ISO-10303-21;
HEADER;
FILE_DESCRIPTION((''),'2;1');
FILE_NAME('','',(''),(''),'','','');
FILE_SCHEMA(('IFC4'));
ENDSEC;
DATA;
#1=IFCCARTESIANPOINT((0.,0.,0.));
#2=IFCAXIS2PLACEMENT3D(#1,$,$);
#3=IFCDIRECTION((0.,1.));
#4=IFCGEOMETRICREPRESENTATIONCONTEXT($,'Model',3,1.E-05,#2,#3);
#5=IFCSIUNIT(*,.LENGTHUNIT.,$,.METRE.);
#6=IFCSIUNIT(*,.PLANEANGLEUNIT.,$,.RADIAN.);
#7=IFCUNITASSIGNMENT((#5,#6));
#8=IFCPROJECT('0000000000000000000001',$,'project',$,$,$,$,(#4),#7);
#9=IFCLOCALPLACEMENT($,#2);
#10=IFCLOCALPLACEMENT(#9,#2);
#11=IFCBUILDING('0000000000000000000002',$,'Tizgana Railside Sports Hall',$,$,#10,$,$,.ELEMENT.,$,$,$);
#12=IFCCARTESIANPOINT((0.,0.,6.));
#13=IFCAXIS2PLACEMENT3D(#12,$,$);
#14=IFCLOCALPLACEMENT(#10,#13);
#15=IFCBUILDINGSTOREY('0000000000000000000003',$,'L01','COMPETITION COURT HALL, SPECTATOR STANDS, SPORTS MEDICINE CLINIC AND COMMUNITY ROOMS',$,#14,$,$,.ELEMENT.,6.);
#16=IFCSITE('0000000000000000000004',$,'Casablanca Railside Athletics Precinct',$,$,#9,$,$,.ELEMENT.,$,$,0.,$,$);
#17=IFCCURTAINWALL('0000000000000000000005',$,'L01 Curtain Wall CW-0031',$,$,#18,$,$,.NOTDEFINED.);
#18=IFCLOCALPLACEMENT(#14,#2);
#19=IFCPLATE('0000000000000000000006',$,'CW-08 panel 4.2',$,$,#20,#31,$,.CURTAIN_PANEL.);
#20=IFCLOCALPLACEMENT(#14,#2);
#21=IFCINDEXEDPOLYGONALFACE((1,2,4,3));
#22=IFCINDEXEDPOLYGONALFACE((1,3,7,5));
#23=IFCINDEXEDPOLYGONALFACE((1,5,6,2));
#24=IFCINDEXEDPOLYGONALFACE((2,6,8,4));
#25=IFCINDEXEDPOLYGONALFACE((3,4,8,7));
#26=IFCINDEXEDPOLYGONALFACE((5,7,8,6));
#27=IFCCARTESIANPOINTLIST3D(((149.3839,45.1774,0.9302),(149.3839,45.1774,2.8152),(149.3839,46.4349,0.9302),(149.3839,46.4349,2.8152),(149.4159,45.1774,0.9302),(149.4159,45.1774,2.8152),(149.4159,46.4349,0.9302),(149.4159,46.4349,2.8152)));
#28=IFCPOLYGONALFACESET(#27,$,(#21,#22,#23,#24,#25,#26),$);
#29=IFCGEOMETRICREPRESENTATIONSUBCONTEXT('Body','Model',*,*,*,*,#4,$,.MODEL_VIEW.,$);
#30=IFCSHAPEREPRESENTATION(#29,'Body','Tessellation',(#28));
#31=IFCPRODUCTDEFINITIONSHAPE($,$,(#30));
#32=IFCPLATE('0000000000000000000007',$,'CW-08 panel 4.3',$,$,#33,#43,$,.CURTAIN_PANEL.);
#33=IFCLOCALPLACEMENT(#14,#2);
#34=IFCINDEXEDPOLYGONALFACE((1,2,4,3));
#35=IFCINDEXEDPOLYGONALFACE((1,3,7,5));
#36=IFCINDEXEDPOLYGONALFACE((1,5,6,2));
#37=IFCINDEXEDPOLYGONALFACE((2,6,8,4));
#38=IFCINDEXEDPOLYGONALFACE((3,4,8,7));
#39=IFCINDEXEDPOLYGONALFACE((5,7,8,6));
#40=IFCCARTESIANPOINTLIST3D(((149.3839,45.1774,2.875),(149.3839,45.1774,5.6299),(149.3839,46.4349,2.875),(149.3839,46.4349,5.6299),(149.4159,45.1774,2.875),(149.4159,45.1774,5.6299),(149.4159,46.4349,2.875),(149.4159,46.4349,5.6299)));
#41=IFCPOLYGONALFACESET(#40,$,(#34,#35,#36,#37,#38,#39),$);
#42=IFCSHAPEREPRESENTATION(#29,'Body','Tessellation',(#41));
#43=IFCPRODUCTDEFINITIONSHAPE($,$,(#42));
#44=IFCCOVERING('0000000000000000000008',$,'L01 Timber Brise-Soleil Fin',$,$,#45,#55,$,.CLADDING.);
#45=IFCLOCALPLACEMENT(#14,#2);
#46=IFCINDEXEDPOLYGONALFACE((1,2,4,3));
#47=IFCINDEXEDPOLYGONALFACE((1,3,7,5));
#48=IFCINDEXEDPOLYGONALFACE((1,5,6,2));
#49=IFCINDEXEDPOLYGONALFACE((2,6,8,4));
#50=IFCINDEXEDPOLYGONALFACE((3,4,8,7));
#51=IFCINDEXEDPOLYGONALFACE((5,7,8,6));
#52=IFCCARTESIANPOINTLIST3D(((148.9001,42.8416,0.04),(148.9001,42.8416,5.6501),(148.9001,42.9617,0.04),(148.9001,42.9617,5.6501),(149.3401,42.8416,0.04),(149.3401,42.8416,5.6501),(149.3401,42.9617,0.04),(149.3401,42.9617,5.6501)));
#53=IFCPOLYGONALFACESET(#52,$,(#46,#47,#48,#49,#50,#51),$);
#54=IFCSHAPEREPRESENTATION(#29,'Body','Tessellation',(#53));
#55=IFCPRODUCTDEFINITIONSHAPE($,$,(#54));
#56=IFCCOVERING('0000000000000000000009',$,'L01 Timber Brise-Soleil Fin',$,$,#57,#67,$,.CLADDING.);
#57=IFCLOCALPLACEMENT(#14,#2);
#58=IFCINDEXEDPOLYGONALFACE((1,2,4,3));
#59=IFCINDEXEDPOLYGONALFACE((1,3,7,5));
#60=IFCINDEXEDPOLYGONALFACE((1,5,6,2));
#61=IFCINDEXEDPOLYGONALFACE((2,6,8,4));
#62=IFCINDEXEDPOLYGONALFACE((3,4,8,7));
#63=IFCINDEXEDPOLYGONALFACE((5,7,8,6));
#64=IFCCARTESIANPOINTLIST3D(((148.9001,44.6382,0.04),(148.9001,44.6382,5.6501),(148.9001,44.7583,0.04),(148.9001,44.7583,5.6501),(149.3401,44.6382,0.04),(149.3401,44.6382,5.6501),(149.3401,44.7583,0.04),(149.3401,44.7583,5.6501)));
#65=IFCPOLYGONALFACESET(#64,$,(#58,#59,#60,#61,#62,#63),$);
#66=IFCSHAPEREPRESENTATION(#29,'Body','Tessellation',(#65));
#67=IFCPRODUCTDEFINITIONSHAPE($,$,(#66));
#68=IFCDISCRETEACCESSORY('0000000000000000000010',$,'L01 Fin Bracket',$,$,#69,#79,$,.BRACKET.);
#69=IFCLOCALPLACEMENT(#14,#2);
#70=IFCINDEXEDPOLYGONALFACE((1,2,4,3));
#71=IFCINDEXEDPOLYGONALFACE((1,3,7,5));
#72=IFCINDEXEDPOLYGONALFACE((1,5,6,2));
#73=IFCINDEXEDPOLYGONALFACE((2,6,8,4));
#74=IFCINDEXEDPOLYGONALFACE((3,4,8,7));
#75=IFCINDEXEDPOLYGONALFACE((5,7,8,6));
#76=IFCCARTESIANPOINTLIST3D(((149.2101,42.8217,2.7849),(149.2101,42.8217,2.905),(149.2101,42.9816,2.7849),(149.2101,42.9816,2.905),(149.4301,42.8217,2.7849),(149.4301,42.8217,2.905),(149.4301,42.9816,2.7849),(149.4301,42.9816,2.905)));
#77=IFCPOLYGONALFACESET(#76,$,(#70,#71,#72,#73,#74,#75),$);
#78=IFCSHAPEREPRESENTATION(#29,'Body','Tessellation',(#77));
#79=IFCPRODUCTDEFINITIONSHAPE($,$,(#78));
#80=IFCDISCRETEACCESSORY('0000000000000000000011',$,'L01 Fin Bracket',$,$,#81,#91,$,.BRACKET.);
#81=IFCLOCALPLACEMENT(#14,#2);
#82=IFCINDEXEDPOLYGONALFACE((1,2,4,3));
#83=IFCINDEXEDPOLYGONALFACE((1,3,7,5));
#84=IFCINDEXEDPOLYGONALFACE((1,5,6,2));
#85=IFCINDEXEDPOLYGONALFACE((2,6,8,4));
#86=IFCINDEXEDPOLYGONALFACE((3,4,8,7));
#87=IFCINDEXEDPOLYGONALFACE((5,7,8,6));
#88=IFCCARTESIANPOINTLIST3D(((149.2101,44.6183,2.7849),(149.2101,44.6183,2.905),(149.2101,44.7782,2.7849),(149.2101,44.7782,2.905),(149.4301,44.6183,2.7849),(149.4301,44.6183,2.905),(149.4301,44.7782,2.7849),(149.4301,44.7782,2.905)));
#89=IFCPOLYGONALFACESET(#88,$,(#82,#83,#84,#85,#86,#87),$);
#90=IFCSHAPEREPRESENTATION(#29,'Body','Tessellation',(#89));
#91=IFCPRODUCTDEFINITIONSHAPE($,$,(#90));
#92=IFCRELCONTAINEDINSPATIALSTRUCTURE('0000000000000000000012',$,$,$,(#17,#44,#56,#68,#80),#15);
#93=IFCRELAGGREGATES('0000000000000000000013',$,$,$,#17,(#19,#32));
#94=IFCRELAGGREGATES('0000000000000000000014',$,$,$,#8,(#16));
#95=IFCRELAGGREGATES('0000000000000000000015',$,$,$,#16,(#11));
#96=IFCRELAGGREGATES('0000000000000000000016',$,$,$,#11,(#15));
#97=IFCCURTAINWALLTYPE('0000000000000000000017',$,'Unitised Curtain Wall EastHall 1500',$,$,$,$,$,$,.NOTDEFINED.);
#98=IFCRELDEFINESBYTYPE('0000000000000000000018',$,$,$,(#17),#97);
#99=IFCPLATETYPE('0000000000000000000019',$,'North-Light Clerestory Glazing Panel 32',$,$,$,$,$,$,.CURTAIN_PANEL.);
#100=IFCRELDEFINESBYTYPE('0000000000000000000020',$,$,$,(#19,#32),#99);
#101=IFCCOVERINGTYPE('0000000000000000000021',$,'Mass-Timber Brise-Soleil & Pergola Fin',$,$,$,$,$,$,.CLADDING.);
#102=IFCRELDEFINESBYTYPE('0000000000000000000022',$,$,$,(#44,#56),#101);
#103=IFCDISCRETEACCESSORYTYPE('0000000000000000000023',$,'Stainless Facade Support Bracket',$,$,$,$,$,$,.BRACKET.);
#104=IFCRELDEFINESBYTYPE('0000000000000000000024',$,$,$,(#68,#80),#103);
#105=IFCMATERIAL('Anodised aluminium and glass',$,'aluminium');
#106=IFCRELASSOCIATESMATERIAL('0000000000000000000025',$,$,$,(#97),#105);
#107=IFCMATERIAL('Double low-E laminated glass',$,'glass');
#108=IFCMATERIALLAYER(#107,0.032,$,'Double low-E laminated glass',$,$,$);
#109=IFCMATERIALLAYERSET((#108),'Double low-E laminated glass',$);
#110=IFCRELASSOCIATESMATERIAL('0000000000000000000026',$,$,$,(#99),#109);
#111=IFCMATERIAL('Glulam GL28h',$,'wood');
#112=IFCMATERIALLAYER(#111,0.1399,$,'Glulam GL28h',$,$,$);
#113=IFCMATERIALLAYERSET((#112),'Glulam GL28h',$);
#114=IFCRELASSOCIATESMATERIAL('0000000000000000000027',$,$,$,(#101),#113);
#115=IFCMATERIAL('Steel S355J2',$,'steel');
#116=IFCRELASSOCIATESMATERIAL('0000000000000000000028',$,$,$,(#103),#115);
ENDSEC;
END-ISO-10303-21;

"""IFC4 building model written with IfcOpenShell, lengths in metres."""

from ifc_helpers import new_model, si_unit, direction, frame, origin, origin_2d, place, context, subcontext, project, spatial, rectangle, extrude, material, layer, layer_set, type_object, element, aggregate, save


model = new_model("IFC4")

# Units and contexts
model_context = context("Model", 3, precision=1e-05, world=origin(), true_north=direction((0.0, 1.0)))
body_context = subcontext(model_context, "Body", "Model", "MODEL_VIEW")
ifc_project = project(units=[si_unit("LENGTHUNIT", "METRE"), si_unit("PLANEANGLEUNIT", "RADIAN")], contexts=[model_context])

# Site, building, storey
site_placement = place(None, origin())
site = spatial("IfcSite", under=ifc_project, at=site_placement, Name="Casablanca Railside Athletics Precinct", CompositionType="ELEMENT", RefElevation=0.0)
building_placement = place(site_placement, origin())
building = spatial("IfcBuilding", under=site, at=building_placement, Name="Tizgana Railside Sports Hall", CompositionType="ELEMENT")
storey_placement = place(building_placement, frame((0.0, 0.0, 6.0)))
storey = spatial("IfcBuildingStorey", under=building, at=storey_placement, Name="L01", Description="COMPETITION COURT HALL, SPECTATOR STANDS, SPORTS MEDICINE CLINIC AND COMMUNITY ROOMS", CompositionType="ELEMENT", Elevation=6.0)

# Curtain wall
ifc_material_1 = material(Name="Anodised aluminium and glass", Category="aluminium")
curtain_wall_type_1 = type_object("IfcCurtainWallType", Name="Unitised Curtain Wall EastHall 1500", PredefinedType="NOTDEFINED", material=ifc_material_1)
curtain_wall_1_placement = place(storey_placement, origin())
curtain_wall_1 = element("IfcCurtainWall", 1, at=curtain_wall_1_placement, inside=storey, type_object=curtain_wall_type_1, Name="L01 Curtain Wall CW-0031", PredefinedType="NOTDEFINED")

# Plates
ifc_material_2 = material(Name="Double low-E laminated glass", Category="glass")
ifc_layer_1 = layer(ifc_material_2, 0.032, Name="Double low-E laminated glass")
ifc_layer_set_1 = layer_set([ifc_layer_1], Name="Double low-E laminated glass")
plate_type = type_object("IfcPlateType", Name="North-Light Clerestory Glazing Panel 32", PredefinedType="CURTAIN_PANEL", material=ifc_layer_set_1)
plate_1_placement = place(storey_placement, frame((149.3999, 45.8062, 0.9302), z_axis=(0.0, 0.0, 1.0), x_axis=(0.0, 1.0, 0.0)))
plate_1 = element("IfcPlate", 2, at=plate_1_placement, type_object=plate_type, Name="CW-08 panel 4.2", PredefinedType="CURTAIN_PANEL", context=body_context, shape_type="SweptSolid", body=[
    extrude(rectangle(XDim=1.2576, YDim=0.032, at=origin_2d()), origin(), (0.0, 0.0, 1.0), 1.885),
])
plate_2_placement = place(storey_placement, frame((149.3999, 45.8062, 2.875), z_axis=(0.0, 0.0, 1.0), x_axis=(0.0, 1.0, 0.0)))
plate_2 = element("IfcPlate", 3, at=plate_2_placement, type_object=plate_type, Name="CW-08 panel 4.3", PredefinedType="CURTAIN_PANEL", context=body_context, shape_type="SweptSolid", body=[
    extrude(rectangle(XDim=1.2576, YDim=0.032, at=origin_2d()), origin(), (0.0, 0.0, 1.0), 2.7549),
])
aggregate(curtain_wall_1, [plate_1, plate_2])

# Coverings
ifc_material_3 = material(Name="Glulam GL28h", Category="wood")
ifc_layer_2 = layer(ifc_material_3, 0.1399, Name="Glulam GL28h")
ifc_layer_set_2 = layer_set([ifc_layer_2], Name="Glulam GL28h")
covering_type = type_object("IfcCoveringType", Name="Mass-Timber Brise-Soleil & Pergola Fin", PredefinedType="CLADDING", material=ifc_layer_set_2)
for number, where, z_axis, x_axis, name in (
    (4, (149.1201, 42.9016, 0.04), (0.0, 0.0, 1.0), (0.0, 1.0, 0.0), "L01 Timber Brise-Soleil Fin"),
    (5, (149.1201, 44.6982, 0.04), (0.0, 0.0, 1.0), (0.0, 1.0, 0.0), "L01 Timber Brise-Soleil Fin"),
):
    element("IfcCovering", number, at=place(storey_placement, frame(where, z_axis=z_axis, x_axis=x_axis)), inside=storey, type_object=covering_type, Name=name, PredefinedType="CLADDING", context=body_context, shape_type="SweptSolid", body=[
        extrude(rectangle(XDim=0.1201, YDim=0.4399, at=origin_2d()), origin(), (0.0, 0.0, 1.0), 5.6101),
    ])

# Discrete accessories
ifc_material_4 = material(Name="Steel S355J2", Category="steel")
discrete_accessory_type = type_object("IfcDiscreteAccessoryType", Name="Stainless Facade Support Bracket", PredefinedType="BRACKET", material=ifc_material_4)
for number, where, z_axis, x_axis, name in (
    (6, (149.3201, 42.9016, 2.7849), (0.0, 0.0, 1.0), (0.0, 1.0, 0.0), "L01 Fin Bracket"),
    (7, (149.3201, 44.6982, 2.7849), (0.0, 0.0, 1.0), (0.0, 1.0, 0.0), "L01 Fin Bracket"),
):
    element("IfcDiscreteAccessory", number, at=place(storey_placement, frame(where, z_axis=z_axis, x_axis=x_axis)), inside=storey, type_object=discrete_accessory_type, Name=name, PredefinedType="BRACKET", context=body_context, shape_type="SweptSolid", body=[
        extrude(rectangle(XDim=0.1599, YDim=0.22, at=origin_2d()), origin(), (0.0, 0.0, 1.0), 0.1201),
    ])

save(model, "model.ifc")
